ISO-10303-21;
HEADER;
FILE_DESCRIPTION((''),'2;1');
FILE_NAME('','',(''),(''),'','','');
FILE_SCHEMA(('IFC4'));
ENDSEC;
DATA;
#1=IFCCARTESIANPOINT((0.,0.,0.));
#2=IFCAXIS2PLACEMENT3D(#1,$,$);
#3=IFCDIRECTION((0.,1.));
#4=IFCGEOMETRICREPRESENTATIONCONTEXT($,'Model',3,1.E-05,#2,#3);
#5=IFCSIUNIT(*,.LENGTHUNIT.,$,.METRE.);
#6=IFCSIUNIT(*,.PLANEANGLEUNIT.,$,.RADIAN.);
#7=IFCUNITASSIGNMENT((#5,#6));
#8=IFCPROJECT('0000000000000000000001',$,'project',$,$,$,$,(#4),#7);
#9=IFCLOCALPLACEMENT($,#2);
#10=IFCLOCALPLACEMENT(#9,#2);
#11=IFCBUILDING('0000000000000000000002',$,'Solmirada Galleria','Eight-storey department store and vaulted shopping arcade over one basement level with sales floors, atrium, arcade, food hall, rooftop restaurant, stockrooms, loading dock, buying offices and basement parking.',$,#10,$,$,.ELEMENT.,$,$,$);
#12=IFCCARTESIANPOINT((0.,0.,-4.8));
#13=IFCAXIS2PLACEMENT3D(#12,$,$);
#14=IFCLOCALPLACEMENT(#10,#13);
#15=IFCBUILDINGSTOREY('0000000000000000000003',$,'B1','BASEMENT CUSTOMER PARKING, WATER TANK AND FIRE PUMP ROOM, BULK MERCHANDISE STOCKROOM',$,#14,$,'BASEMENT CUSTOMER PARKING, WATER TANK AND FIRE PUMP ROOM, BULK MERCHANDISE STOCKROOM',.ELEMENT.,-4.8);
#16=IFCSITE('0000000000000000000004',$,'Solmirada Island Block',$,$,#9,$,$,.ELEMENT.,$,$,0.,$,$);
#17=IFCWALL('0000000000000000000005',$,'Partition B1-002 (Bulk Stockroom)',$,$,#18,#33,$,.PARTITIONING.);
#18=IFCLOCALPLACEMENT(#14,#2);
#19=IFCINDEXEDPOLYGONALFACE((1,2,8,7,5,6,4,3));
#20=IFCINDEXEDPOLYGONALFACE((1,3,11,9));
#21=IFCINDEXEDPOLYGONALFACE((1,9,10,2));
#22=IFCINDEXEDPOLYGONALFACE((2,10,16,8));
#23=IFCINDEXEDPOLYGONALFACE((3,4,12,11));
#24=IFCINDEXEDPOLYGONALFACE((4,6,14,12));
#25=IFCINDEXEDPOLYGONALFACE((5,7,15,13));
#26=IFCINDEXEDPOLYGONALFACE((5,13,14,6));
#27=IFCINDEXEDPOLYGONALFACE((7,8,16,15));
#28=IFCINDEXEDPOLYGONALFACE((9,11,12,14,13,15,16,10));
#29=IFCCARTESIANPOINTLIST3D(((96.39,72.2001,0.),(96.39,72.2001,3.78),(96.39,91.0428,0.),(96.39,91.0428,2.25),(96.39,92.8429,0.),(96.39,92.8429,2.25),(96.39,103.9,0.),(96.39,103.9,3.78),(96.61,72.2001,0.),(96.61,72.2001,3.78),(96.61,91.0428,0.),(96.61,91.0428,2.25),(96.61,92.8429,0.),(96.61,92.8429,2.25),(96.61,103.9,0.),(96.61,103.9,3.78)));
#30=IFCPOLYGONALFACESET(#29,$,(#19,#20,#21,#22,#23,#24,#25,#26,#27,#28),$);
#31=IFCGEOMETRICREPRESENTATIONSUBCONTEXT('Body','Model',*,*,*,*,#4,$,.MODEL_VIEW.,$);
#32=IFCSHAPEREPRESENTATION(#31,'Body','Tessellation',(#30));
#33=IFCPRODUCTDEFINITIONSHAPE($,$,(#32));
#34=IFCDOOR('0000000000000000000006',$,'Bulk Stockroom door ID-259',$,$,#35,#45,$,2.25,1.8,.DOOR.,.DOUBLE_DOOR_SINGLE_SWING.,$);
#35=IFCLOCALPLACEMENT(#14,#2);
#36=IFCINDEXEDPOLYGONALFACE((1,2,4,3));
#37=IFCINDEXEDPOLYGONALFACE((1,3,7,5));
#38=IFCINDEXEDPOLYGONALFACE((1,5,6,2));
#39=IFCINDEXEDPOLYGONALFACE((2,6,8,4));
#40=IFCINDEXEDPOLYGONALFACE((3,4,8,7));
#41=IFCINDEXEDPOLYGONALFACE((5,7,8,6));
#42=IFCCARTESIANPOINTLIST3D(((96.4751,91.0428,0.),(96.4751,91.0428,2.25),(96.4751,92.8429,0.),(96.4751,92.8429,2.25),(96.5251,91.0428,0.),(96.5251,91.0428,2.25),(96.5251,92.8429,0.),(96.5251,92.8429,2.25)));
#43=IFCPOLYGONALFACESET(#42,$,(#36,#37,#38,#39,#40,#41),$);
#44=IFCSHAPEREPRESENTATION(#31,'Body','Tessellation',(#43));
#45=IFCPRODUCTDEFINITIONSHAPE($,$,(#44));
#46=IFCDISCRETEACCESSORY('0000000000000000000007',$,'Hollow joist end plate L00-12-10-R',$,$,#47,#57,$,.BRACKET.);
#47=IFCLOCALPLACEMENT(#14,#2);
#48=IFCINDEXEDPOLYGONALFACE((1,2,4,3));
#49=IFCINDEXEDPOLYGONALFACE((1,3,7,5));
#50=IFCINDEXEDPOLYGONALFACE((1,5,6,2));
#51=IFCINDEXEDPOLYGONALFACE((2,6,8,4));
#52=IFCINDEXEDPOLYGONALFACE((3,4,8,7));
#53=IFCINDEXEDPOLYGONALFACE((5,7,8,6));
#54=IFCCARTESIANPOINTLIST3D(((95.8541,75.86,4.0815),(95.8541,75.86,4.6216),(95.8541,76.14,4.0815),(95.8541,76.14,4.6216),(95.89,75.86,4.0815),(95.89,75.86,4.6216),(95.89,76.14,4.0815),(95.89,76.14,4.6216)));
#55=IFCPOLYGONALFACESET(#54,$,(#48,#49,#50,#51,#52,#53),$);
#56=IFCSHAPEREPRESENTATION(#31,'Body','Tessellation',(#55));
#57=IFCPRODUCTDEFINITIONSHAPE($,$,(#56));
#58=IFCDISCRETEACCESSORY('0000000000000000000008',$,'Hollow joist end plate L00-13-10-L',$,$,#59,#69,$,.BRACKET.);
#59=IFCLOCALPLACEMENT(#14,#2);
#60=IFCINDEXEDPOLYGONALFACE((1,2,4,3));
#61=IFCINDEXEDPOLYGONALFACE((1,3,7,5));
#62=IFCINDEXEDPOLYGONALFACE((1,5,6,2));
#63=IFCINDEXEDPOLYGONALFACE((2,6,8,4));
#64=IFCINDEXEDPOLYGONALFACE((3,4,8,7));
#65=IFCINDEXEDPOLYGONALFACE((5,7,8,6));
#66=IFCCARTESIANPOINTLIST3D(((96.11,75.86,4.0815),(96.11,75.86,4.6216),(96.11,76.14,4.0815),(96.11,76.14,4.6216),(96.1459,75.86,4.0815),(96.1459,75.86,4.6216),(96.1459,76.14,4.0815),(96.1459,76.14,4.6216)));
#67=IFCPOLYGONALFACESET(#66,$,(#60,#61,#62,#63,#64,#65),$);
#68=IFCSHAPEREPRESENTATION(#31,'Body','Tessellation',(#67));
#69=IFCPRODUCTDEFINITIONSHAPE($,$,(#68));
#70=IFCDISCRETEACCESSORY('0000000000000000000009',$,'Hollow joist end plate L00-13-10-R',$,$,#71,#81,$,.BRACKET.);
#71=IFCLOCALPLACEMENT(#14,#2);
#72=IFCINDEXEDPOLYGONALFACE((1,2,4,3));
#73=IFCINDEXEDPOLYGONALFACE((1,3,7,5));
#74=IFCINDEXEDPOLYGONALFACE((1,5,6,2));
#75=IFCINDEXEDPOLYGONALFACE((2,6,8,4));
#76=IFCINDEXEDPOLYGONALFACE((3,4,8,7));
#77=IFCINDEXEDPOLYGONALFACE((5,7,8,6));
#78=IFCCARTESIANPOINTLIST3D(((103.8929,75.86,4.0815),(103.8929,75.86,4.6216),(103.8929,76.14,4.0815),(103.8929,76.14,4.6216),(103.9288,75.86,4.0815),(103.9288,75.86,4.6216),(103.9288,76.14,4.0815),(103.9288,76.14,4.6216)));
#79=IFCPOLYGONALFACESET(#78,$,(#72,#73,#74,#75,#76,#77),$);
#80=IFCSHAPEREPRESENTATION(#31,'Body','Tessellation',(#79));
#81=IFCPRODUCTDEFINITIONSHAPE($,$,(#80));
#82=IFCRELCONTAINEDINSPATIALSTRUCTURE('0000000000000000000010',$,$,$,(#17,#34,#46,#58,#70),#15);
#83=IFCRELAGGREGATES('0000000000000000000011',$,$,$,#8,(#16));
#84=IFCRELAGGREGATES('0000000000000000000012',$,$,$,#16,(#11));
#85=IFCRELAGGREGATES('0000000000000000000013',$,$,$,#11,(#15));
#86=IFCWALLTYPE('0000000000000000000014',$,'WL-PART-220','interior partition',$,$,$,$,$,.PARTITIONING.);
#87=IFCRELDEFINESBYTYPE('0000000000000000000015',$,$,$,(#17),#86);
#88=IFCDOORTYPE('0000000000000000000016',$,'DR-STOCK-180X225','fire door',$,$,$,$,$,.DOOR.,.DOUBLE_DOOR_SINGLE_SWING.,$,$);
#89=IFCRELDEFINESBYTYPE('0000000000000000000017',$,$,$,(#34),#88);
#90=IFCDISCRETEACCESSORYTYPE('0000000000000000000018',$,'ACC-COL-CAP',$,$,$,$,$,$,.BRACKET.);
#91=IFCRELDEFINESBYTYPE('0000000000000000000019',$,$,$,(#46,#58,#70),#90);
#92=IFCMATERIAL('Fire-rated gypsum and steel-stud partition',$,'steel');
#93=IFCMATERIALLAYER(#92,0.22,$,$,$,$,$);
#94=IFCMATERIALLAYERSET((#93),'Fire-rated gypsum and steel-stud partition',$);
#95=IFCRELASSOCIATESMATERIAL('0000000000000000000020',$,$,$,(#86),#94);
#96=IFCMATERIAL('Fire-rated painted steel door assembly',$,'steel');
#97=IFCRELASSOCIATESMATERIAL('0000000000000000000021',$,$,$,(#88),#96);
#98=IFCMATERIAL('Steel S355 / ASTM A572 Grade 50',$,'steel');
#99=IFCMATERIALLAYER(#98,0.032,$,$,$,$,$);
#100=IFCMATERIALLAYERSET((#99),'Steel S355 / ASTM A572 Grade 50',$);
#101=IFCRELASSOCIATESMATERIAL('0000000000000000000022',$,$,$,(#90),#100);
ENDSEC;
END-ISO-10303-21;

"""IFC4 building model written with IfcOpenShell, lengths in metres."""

from ifc_helpers import new_model, si_unit, direction, frame, frame_2d, origin, origin_2d, place, context, subcontext, project, spatial, rectangle, extrude, material, layer, layer_set, type_object, element, fill, save


model = new_model("IFC4")

# Units and contexts
model_context = context("Model", 3, precision=1e-05, world=origin(), true_north=direction((0.0, 1.0)))
body_context = subcontext(model_context, "Body", "Model", "MODEL_VIEW")
ifc_project = project(units=[si_unit("LENGTHUNIT", "METRE"), si_unit("PLANEANGLEUNIT", "RADIAN")], contexts=[model_context])

# Site, building, storey
site_placement = place(None, origin())
site = spatial("IfcSite", under=ifc_project, at=site_placement, Name="Solmirada Island Block", CompositionType="ELEMENT", RefElevation=0.0)
building_placement = place(site_placement, origin())
building = spatial("IfcBuilding", under=site, at=building_placement, Name="Solmirada Galleria", Description="Eight-storey department store and vaulted shopping arcade over one basement level with sales floors, atrium, arcade, food hall, rooftop restaurant, stockrooms, loading dock, buying offices and basement parking.", CompositionType="ELEMENT")
storey_placement = place(building_placement, frame((0.0, 0.0, -4.8)))
storey = spatial("IfcBuildingStorey", under=building, at=storey_placement, Name="B1", Description="BASEMENT CUSTOMER PARKING, WATER TANK AND FIRE PUMP ROOM, BULK MERCHANDISE STOCKROOM", LongName="BASEMENT CUSTOMER PARKING, WATER TANK AND FIRE PUMP ROOM, BULK MERCHANDISE STOCKROOM", CompositionType="ELEMENT", Elevation=-4.8)

# Wall, opening, door
ifc_material_1 = material(Name="Fire-rated gypsum and steel-stud partition", Category="steel")
ifc_layer_1 = layer(ifc_material_1, 0.22)
ifc_layer_set_1 = layer_set([ifc_layer_1], Name="Fire-rated gypsum and steel-stud partition")
wall_type = type_object("IfcWallType", Name="WL-PART-220", Description="interior partition", PredefinedType="PARTITIONING", material=ifc_layer_set_1)
wall_placement = place(storey_placement, frame((96.5, 72.2, 0.0), z_axis=(0.0, 0.0, 1.0), x_axis=(0.0, 1.0, 0.0)))
wall = element("IfcWall", 1, at=wall_placement, inside=storey, type_object=wall_type, Name="Partition B1-002 (Bulk Stockroom)", PredefinedType="PARTITIONING", context=body_context, shape_type="SweptSolid", body=[
    extrude(rectangle(XDim=31.7, YDim=0.22, at=frame_2d((15.8501, 0.0))), origin(), (0.0, 0.0, 1.0), 3.78),
])
opening_placement = place(wall_placement, frame((18.843, 0.0, 0.0)))
opening = element("IfcOpeningElement", 2, at=opening_placement, cuts=wall, PredefinedType="OPENING", context=body_context, shape_type="SweptSolid", body=[
    extrude(rectangle(XDim=1.8, YDim=2.25, at=frame_2d((0.8999, 1.125))), frame((0.0, 0.1199, 0.0), z_axis=(0.0, -1.0, 0.0), x_axis=(1.0, 0.0, 0.0)), (0.0, 0.0, 1.0), 0.24),
])
ifc_material_2 = material(Name="Fire-rated painted steel door assembly", Category="steel")
door_type = type_object("IfcDoorType", Name="DR-STOCK-180X225", Description="fire door", OperationType="DOUBLE_DOOR_SINGLE_SWING", PredefinedType="DOOR", material=ifc_material_2)
door_placement = place(opening_placement, origin())
door = element("IfcDoor", 3, at=door_placement, inside=storey, type_object=door_type, Name="Bulk Stockroom door ID-259", OperationType="DOUBLE_DOOR_SINGLE_SWING", OverallHeight=2.25, OverallWidth=1.8, PredefinedType="DOOR", context=body_context, shape_type="SweptSolid", body=[
    extrude(rectangle(XDim=1.8, YDim=2.25, at=frame_2d((0.8999, 1.125))), frame((0.0, 0.0249, 0.0), z_axis=(0.0, -1.0, 0.0), x_axis=(1.0, 0.0, 0.0)), (0.0, 0.0, 1.0), 0.05),
])
fill(opening, door)

# Discrete accessories
ifc_material_3 = material(Name="Steel S355 / ASTM A572 Grade 50", Category="steel")
ifc_layer_2 = layer(ifc_material_3, 0.032)
ifc_layer_set_2 = layer_set([ifc_layer_2], Name="Steel S355 / ASTM A572 Grade 50")
discrete_accessory_type = type_object("IfcDiscreteAccessoryType", Name="ACC-COL-CAP", PredefinedType="BRACKET", material=ifc_layer_set_2)
for number, where, z_axis, x_axis, name in (
    (4, (95.8721, 76.0, 4.0815), (0.0, 0.0, 1.0), (1.0, 0.0, 0.0), "Hollow joist end plate L00-12-10-R"),
    (5, (96.1279, 76.0, 4.0815), (0.0, 0.0, 1.0), (1.0, 0.0, 0.0), "Hollow joist end plate L00-13-10-L"),
    (6, (103.9109, 76.0, 4.0815), (0.0, 0.0, 1.0), (1.0, 0.0, 0.0), "Hollow joist end plate L00-13-10-R"),
):
    element("IfcDiscreteAccessory", number, at=place(storey_placement, frame(where, z_axis=z_axis, x_axis=x_axis)), inside=storey, type_object=discrete_accessory_type, Name=name, PredefinedType="BRACKET", context=body_context, shape_type="SweptSolid", body=[
        extrude(rectangle(XDim=0.0359, YDim=0.28, at=origin_2d()), origin(), (0.0, 0.0, 1.0), 0.54),
    ])

save(model, "model.ifc")
